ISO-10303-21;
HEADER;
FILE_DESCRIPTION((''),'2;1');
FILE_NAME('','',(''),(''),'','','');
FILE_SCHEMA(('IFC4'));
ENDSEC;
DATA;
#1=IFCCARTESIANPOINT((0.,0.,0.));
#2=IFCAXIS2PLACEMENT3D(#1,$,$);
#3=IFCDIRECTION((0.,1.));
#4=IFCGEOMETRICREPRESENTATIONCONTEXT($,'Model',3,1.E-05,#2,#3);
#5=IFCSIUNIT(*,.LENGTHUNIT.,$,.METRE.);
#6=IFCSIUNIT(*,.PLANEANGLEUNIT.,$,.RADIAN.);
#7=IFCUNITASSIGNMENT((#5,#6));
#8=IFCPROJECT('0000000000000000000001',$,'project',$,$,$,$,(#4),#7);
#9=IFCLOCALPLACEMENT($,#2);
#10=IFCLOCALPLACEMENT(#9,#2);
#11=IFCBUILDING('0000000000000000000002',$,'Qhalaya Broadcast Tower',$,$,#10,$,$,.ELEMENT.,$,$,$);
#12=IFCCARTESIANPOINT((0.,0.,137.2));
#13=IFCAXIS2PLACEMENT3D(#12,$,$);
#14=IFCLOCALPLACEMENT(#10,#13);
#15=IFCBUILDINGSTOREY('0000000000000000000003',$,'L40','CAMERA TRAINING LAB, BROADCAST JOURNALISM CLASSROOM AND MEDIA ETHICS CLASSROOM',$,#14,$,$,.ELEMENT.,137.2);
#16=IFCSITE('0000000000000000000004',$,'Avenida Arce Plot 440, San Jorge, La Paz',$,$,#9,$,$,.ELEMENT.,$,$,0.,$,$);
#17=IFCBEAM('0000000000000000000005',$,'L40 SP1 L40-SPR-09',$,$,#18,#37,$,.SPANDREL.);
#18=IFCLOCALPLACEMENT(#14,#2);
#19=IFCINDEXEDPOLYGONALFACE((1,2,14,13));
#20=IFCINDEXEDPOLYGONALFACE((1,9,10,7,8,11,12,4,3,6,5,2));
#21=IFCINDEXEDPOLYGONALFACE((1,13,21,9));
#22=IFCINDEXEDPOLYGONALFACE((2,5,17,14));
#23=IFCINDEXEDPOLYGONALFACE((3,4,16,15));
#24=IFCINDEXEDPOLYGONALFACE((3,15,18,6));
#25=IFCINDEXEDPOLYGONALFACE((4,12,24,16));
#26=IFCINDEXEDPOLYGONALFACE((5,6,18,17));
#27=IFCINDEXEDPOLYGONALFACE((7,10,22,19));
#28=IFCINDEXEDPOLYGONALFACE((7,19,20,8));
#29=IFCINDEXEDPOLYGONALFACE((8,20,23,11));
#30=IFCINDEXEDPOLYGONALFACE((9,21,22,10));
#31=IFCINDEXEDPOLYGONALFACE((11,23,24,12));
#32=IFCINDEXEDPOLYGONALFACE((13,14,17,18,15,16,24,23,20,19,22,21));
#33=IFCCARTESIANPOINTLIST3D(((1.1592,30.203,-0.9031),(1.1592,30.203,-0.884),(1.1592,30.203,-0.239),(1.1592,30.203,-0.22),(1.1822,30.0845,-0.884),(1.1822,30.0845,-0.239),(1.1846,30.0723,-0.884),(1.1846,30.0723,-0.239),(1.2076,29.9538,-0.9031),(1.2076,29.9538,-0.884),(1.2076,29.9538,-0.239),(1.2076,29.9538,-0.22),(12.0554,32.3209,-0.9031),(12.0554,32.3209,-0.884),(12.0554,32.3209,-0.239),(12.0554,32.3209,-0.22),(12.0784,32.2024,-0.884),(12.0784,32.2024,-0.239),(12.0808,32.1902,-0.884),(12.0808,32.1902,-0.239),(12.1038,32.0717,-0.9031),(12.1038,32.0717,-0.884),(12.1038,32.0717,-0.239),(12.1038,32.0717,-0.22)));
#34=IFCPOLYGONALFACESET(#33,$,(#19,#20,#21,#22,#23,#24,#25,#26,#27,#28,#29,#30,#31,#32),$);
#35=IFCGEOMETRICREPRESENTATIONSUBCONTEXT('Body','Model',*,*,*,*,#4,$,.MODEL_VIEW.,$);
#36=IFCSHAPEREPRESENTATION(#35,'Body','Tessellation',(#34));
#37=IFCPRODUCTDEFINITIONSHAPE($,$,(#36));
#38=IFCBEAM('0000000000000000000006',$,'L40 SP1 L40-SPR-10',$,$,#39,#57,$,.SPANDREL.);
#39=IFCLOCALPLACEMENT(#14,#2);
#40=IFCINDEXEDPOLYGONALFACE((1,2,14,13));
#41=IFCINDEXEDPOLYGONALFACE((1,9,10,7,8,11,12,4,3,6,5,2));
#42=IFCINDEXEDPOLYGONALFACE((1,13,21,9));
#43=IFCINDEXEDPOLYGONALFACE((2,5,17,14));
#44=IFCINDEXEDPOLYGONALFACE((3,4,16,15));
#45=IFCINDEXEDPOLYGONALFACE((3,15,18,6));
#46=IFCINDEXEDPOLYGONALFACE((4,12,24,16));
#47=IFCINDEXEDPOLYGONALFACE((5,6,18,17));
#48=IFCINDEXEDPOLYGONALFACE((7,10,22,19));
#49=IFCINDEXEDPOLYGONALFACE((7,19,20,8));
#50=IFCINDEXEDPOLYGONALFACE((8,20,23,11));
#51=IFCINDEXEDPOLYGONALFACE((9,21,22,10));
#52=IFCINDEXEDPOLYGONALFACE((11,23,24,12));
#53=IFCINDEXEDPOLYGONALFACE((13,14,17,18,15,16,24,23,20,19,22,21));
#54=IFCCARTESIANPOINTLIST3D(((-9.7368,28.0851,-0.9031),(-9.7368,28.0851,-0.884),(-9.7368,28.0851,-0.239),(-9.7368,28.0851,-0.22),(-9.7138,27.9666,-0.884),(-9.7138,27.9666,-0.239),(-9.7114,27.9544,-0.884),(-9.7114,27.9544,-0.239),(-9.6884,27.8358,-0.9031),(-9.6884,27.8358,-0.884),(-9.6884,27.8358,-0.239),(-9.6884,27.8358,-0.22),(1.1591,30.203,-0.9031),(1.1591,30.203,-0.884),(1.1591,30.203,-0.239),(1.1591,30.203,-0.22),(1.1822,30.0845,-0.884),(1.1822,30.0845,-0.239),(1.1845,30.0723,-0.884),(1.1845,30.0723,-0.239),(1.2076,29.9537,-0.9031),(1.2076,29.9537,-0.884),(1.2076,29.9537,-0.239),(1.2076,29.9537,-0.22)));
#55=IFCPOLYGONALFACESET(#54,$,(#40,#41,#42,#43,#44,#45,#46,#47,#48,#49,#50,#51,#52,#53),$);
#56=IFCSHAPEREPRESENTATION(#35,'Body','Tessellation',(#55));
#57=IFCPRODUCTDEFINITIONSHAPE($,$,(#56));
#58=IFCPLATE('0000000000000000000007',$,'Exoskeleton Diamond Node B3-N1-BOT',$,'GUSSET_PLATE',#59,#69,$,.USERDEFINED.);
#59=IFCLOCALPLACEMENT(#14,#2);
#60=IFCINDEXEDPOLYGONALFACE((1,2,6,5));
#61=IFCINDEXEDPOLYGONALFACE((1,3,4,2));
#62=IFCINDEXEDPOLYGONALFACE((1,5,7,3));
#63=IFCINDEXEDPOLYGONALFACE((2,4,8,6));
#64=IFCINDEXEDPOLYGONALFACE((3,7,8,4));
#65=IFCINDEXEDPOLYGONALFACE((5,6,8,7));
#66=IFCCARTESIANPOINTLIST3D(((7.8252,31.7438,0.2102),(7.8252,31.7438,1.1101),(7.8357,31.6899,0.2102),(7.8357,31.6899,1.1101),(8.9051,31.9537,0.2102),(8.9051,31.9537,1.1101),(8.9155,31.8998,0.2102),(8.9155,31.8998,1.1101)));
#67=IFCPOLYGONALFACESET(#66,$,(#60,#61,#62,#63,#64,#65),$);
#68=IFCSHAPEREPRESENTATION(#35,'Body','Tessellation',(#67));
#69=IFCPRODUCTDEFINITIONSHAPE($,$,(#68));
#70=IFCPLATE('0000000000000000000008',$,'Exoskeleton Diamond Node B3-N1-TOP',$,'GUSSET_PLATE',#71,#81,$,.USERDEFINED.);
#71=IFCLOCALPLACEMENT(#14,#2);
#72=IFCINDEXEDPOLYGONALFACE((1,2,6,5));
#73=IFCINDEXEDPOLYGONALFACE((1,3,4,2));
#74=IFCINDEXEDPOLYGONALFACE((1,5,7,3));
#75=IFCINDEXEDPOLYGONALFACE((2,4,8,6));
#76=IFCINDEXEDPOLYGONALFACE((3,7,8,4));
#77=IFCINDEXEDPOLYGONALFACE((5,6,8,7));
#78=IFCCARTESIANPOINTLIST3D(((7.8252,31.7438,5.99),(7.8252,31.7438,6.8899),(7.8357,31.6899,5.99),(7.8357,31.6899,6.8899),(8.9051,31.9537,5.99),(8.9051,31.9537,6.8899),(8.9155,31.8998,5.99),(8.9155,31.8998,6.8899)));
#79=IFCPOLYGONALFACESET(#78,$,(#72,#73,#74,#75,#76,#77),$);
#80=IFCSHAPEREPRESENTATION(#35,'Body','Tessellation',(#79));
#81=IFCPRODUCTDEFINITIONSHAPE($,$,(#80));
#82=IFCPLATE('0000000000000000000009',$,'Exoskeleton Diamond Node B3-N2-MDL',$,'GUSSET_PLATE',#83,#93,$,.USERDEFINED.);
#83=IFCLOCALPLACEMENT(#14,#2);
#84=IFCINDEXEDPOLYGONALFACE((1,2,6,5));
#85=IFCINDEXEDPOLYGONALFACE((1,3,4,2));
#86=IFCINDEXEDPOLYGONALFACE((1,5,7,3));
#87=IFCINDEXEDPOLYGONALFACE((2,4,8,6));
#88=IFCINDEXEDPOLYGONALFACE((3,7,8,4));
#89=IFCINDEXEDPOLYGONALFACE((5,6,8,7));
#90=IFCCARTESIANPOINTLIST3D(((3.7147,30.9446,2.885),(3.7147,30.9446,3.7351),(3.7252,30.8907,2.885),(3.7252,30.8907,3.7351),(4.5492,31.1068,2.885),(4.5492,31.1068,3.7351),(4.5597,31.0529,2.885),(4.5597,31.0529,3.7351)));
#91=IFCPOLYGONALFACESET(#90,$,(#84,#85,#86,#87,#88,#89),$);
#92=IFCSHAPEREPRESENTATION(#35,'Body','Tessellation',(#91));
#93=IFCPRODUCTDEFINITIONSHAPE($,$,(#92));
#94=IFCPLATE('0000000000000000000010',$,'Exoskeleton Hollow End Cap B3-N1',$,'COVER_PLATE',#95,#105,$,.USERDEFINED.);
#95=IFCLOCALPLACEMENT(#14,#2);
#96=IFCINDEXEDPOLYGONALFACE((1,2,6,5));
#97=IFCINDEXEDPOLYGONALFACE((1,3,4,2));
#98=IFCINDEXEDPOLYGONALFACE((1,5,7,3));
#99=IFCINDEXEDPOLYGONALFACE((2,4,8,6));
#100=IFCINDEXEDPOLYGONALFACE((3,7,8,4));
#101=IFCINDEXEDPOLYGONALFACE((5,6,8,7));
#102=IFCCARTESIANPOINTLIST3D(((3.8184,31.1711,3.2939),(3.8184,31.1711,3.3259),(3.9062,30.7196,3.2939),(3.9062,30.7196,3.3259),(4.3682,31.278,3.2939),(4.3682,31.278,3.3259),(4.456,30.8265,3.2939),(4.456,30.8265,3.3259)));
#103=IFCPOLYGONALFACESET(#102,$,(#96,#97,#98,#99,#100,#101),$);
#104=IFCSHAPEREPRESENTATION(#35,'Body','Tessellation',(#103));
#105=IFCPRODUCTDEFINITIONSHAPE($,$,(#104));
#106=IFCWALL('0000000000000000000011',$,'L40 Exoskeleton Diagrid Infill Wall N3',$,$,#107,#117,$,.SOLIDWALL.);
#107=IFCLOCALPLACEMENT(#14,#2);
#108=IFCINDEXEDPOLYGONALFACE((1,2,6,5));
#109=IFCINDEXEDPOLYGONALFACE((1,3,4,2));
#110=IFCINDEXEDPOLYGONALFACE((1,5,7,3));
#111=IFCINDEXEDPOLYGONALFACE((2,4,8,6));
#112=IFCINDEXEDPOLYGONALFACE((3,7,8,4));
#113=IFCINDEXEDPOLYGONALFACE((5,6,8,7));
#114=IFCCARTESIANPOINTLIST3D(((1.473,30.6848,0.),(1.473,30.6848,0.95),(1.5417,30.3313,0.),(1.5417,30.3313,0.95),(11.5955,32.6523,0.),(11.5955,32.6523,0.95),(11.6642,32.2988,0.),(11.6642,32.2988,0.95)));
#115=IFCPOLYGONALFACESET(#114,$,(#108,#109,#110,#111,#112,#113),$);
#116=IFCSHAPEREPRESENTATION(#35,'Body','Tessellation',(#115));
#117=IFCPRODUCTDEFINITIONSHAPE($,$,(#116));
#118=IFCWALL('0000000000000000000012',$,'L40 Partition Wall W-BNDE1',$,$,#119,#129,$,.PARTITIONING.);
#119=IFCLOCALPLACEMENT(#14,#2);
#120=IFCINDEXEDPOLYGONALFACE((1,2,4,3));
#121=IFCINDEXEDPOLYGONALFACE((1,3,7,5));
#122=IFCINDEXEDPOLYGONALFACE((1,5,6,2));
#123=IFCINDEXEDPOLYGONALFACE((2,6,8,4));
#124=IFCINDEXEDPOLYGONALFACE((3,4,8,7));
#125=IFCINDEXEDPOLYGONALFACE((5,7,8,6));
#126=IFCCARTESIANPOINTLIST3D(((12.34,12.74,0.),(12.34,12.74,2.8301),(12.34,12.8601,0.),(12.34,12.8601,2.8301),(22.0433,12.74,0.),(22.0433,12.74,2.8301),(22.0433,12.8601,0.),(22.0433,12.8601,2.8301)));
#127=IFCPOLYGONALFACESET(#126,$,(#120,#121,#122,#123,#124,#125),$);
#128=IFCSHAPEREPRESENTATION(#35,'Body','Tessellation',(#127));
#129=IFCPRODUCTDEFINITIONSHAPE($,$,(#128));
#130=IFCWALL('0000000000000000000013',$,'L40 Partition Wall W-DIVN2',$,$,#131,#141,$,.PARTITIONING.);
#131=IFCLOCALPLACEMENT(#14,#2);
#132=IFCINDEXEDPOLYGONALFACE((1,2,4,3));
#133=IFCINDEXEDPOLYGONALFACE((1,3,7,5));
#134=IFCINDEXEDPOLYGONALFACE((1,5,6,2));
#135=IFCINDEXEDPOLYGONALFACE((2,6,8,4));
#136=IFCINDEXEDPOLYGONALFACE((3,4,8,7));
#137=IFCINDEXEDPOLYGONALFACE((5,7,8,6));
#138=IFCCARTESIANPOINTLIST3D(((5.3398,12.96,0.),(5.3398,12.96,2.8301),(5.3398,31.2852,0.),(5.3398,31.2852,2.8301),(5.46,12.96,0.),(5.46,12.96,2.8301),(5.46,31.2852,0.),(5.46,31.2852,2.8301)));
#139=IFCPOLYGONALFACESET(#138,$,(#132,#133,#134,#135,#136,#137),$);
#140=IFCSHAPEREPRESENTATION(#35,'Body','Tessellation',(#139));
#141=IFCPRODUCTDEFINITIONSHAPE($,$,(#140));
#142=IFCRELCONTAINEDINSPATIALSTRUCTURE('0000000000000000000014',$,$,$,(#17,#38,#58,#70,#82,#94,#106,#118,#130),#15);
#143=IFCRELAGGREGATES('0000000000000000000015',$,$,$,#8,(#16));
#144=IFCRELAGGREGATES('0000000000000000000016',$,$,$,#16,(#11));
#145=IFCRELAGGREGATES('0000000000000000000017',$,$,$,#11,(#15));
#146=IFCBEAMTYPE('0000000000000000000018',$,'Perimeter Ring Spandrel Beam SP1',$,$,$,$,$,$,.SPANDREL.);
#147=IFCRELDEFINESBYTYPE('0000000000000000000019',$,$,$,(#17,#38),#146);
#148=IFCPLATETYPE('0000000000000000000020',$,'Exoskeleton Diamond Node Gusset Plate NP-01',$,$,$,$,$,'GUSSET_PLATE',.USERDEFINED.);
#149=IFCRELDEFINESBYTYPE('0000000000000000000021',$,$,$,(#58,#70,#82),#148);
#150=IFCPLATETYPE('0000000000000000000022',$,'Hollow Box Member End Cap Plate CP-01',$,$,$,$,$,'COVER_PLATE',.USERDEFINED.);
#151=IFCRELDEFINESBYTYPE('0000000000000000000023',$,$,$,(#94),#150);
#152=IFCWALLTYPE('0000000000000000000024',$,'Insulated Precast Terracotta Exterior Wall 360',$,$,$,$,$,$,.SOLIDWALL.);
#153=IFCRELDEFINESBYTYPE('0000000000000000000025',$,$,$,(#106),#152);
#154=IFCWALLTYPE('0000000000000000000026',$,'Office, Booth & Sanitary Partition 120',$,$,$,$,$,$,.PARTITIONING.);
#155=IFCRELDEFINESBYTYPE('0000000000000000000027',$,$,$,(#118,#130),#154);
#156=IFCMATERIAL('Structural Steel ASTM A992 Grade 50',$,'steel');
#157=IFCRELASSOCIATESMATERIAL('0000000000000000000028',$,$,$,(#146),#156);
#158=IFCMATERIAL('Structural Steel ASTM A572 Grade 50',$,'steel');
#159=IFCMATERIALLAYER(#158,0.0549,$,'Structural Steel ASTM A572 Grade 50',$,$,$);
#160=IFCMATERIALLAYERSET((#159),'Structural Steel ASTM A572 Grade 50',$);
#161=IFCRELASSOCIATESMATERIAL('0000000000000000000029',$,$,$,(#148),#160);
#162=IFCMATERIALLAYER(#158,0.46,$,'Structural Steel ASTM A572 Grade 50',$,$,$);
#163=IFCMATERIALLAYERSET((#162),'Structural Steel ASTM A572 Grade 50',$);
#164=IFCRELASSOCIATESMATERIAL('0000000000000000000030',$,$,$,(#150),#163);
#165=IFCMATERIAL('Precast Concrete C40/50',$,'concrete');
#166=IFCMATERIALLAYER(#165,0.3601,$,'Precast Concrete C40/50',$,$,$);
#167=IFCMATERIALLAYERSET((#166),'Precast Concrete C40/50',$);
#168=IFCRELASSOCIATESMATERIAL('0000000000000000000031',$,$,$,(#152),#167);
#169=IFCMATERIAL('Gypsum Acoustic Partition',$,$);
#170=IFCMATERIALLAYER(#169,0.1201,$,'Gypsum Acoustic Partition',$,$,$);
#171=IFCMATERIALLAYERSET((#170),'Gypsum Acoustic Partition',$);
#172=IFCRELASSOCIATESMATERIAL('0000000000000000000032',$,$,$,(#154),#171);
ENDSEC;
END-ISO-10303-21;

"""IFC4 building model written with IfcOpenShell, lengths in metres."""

from ifc_helpers import new_model, si_unit, direction, frame, frame_2d, origin, origin_2d, place, context, subcontext, project, spatial, rectangle, i_section, extrude, material, layer, layer_set, material_profile, profile_set, type_object, element, save


model = new_model("IFC4")

# Units and contexts
model_context = context("Model", 3, precision=1e-05, world=origin(), true_north=direction((0.0, 1.0)))
body_context = subcontext(model_context, "Body", "Model", "MODEL_VIEW")
ifc_project = project(units=[si_unit("LENGTHUNIT", "METRE"), si_unit("PLANEANGLEUNIT", "RADIAN")], contexts=[model_context])

# Site, building, storey
site_placement = place(None, origin())
site = spatial("IfcSite", under=ifc_project, at=site_placement, Name="Avenida Arce Plot 440, San Jorge, La Paz", CompositionType="ELEMENT", RefElevation=0.0)
building_placement = place(site_placement, origin())
building = spatial("IfcBuilding", under=site, at=building_placement, Name="Qhalaya Broadcast Tower", CompositionType="ELEMENT")
storey_placement = place(building_placement, frame((0.0, 0.0, 137.2)))
storey = spatial("IfcBuildingStorey", under=building, at=storey_placement, Name="L40", Description="CAMERA TRAINING LAB, BROADCAST JOURNALISM CLASSROOM AND MEDIA ETHICS CLASSROOM", CompositionType="ELEMENT", Elevation=137.2)

# Shared definitions
ifc_material_1 = material(Name="Structural Steel ASTM A572 Grade 50", Category="steel")

# Shared definitions
ifc_material_2 = material(Name="Structural Steel ASTM A992 Grade 50", Category="steel")

# Beams
ifc_material_profile_1 = material_profile(ifc_material_2, i_section(OverallWidth=0.2539, OverallDepth=0.6831, WebThickness=0.0125, FlangeThickness=0.019, at=origin_2d()), Name="W27X94")
ifc_profile_set_1 = profile_set([ifc_material_profile_1], Name="Structural Steel ASTM A992 Grade 50")
beam_type_1 = type_object("IfcBeamType", Name="Perimeter Ring Spandrel Beam SP1", PredefinedType="SPANDREL", material=ifc_profile_set_1)
beam_1_placement = place(storey_placement, frame((12.0796, 32.1963, -0.5615), z_axis=(-0.981629, -0.190801, 0.0), x_axis=(0.190801, -0.981629, 0.0)))
element("IfcBeam", 1, at=beam_1_placement, inside=storey, type_object=beam_type_1, Name="L40 SP1 L40-SPR-09", PredefinedType="SPANDREL", context=body_context, shape_type="SweptSolid", body=[
    extrude(i_section(OverallWidth=0.2539, OverallDepth=0.6831, WebThickness=0.0125, FlangeThickness=0.019, at=origin_2d()), origin(), (0.0, 0.0, 1.0), 11.1001),
])
beam_2_placement = place(storey_placement, frame((1.1833, 30.0784, -0.5615), z_axis=(-0.981628, -0.190805, 0.0), x_axis=(0.190805, -0.981628, 0.0)))
element("IfcBeam", 2, at=beam_2_placement, inside=storey, type_object=beam_type_1, Name="L40 SP1 L40-SPR-10", PredefinedType="SPANDREL", context=body_context, shape_type="SweptSolid", body=[
    extrude(i_section(OverallWidth=0.2539, OverallDepth=0.6831, WebThickness=0.0125, FlangeThickness=0.019, at=origin_2d()), origin(), (0.0, 0.0, 1.0), 11.0999),
])

# Plates
ifc_layer_1 = layer(ifc_material_1, 0.0549, Name="Structural Steel ASTM A572 Grade 50")
ifc_layer_set_1 = layer_set([ifc_layer_1], Name="Structural Steel ASTM A572 Grade 50")
plate_type_1 = type_object("IfcPlateType", Name="Exoskeleton Diamond Node Gusset Plate NP-01", ElementType="GUSSET_PLATE", PredefinedType="USERDEFINED", material=ifc_layer_set_1)
for number, where, z_axis, x_axis, name in (
    (3, (8.3704, 31.8218, 0.2102), (0.0, 0.0, 1.0), (0.981627, 0.190809, 0.0), "Exoskeleton Diamond Node B3-N1-BOT"),
    (4, (8.3704, 31.8218, 5.99), (0.0, 0.0, 1.0), (0.981627, 0.190809, 0.0), "Exoskeleton Diamond Node B3-N1-TOP"),
):
    element("IfcPlate", number, at=place(storey_placement, frame(where, z_axis=z_axis, x_axis=x_axis)), inside=storey, type_object=plate_type_1, Name=name, ObjectType="GUSSET_PLATE", PredefinedType="USERDEFINED", context=body_context, shape_type="SweptSolid", body=[
        extrude(rectangle(XDim=1.1001, YDim=0.0549, at=origin_2d()), origin(), (0.0, 0.0, 1.0), 0.8999),
    ])
plate_1_placement = place(storey_placement, frame((4.1372, 30.9988, 2.885), z_axis=(0.0, 0.0, 1.0), x_axis=(0.981627, 0.190809, 0.0)))
element("IfcPlate", 5, at=plate_1_placement, inside=storey, type_object=plate_type_1, Name="Exoskeleton Diamond Node B3-N2-MDL", ObjectType="GUSSET_PLATE", PredefinedType="USERDEFINED", context=body_context, shape_type="SweptSolid", body=[
    extrude(rectangle(XDim=0.8501, YDim=0.0549, at=origin_2d()), origin(), (0.0, 0.0, 1.0), 0.8501),
])
ifc_layer_2 = layer(ifc_material_1, 0.46, Name="Structural Steel ASTM A572 Grade 50")
ifc_layer_set_2 = layer_set([ifc_layer_2], Name="Structural Steel ASTM A572 Grade 50")
plate_type_2 = type_object("IfcPlateType", Name="Hollow Box Member End Cap Plate CP-01", ElementType="COVER_PLATE", PredefinedType="USERDEFINED", material=ifc_layer_set_2)
plate_2_placement = place(storey_placement, frame((4.1372, 30.9988, 3.2939), z_axis=(0.0, 0.0, 1.0), x_axis=(0.981627, 0.190809, 0.0)))
element("IfcPlate", 6, at=plate_2_placement, inside=storey, type_object=plate_type_2, Name="Exoskeleton Hollow End Cap B3-N1", ObjectType="COVER_PLATE", PredefinedType="USERDEFINED", context=body_context, shape_type="SweptSolid", body=[
    extrude(rectangle(XDim=0.5601, YDim=0.46, at=origin_2d()), origin(), (0.0, 0.0, 1.0), 0.032),
])

# Walls
ifc_material_3 = material(Name="Precast Concrete C40/50", Category="concrete")
ifc_layer_3 = layer(ifc_material_3, 0.3601, Name="Precast Concrete C40/50")
ifc_layer_set_3 = layer_set([ifc_layer_3], Name="Precast Concrete C40/50")
wall_type_1 = type_object("IfcWallType", Name="Insulated Precast Terracotta Exterior Wall 360", PredefinedType="SOLIDWALL", material=ifc_layer_set_3)
wall_1_placement = place(storey_placement, frame((1.5073, 30.5081, 0.0), z_axis=(0.0, 0.0, 1.0), x_axis=(0.981629, 0.1908, 0.0)))
element("IfcWall", 7, at=wall_1_placement, inside=storey, type_object=wall_type_1, Name="L40 Exoskeleton Diagrid Infill Wall N3", PredefinedType="SOLIDWALL", context=body_context, shape_type="SweptSolid", body=[
    extrude(rectangle(XDim=10.312, YDim=0.3601, at=frame_2d((5.156, 0.0))), origin(), (0.0, 0.0, 1.0), 0.95),
])
ifc_material_4 = material(Name="Gypsum Acoustic Partition")
ifc_layer_4 = layer(ifc_material_4, 0.1201, Name="Gypsum Acoustic Partition")
ifc_layer_set_4 = layer_set([ifc_layer_4], Name="Gypsum Acoustic Partition")
wall_type_2 = type_object("IfcWallType", Name="Office, Booth & Sanitary Partition 120", PredefinedType="PARTITIONING", material=ifc_layer_set_4)
wall_2_placement = place(storey_placement, frame((12.3401, 12.8, 0.0), z_axis=(0.0, 0.0, 1.0), x_axis=(1.0, 0.0, 0.0)))
element("IfcWall", 8, at=wall_2_placement, inside=storey, type_object=wall_type_2, Name="L40 Partition Wall W-BNDE1", PredefinedType="PARTITIONING", context=body_context, shape_type="SweptSolid", body=[
    extrude(rectangle(XDim=9.7034, YDim=0.1201, at=frame_2d((4.8516, 0.0))), origin(), (0.0, 0.0, 1.0), 2.8301),
])
wall_3_placement = place(storey_placement, frame((5.3999, 12.96, 0.0), z_axis=(0.0, 0.0, 1.0), x_axis=(0.0, 1.0, 0.0)))
element("IfcWall", 9, at=wall_3_placement, inside=storey, type_object=wall_type_2, Name="L40 Partition Wall W-DIVN2", PredefinedType="PARTITIONING", context=body_context, shape_type="SweptSolid", body=[
    extrude(rectangle(XDim=18.3252, YDim=0.1201, at=frame_2d((9.1626, 0.0))), origin(), (0.0, 0.0, 1.0), 2.8301),
])

save(model, "model.ifc")
